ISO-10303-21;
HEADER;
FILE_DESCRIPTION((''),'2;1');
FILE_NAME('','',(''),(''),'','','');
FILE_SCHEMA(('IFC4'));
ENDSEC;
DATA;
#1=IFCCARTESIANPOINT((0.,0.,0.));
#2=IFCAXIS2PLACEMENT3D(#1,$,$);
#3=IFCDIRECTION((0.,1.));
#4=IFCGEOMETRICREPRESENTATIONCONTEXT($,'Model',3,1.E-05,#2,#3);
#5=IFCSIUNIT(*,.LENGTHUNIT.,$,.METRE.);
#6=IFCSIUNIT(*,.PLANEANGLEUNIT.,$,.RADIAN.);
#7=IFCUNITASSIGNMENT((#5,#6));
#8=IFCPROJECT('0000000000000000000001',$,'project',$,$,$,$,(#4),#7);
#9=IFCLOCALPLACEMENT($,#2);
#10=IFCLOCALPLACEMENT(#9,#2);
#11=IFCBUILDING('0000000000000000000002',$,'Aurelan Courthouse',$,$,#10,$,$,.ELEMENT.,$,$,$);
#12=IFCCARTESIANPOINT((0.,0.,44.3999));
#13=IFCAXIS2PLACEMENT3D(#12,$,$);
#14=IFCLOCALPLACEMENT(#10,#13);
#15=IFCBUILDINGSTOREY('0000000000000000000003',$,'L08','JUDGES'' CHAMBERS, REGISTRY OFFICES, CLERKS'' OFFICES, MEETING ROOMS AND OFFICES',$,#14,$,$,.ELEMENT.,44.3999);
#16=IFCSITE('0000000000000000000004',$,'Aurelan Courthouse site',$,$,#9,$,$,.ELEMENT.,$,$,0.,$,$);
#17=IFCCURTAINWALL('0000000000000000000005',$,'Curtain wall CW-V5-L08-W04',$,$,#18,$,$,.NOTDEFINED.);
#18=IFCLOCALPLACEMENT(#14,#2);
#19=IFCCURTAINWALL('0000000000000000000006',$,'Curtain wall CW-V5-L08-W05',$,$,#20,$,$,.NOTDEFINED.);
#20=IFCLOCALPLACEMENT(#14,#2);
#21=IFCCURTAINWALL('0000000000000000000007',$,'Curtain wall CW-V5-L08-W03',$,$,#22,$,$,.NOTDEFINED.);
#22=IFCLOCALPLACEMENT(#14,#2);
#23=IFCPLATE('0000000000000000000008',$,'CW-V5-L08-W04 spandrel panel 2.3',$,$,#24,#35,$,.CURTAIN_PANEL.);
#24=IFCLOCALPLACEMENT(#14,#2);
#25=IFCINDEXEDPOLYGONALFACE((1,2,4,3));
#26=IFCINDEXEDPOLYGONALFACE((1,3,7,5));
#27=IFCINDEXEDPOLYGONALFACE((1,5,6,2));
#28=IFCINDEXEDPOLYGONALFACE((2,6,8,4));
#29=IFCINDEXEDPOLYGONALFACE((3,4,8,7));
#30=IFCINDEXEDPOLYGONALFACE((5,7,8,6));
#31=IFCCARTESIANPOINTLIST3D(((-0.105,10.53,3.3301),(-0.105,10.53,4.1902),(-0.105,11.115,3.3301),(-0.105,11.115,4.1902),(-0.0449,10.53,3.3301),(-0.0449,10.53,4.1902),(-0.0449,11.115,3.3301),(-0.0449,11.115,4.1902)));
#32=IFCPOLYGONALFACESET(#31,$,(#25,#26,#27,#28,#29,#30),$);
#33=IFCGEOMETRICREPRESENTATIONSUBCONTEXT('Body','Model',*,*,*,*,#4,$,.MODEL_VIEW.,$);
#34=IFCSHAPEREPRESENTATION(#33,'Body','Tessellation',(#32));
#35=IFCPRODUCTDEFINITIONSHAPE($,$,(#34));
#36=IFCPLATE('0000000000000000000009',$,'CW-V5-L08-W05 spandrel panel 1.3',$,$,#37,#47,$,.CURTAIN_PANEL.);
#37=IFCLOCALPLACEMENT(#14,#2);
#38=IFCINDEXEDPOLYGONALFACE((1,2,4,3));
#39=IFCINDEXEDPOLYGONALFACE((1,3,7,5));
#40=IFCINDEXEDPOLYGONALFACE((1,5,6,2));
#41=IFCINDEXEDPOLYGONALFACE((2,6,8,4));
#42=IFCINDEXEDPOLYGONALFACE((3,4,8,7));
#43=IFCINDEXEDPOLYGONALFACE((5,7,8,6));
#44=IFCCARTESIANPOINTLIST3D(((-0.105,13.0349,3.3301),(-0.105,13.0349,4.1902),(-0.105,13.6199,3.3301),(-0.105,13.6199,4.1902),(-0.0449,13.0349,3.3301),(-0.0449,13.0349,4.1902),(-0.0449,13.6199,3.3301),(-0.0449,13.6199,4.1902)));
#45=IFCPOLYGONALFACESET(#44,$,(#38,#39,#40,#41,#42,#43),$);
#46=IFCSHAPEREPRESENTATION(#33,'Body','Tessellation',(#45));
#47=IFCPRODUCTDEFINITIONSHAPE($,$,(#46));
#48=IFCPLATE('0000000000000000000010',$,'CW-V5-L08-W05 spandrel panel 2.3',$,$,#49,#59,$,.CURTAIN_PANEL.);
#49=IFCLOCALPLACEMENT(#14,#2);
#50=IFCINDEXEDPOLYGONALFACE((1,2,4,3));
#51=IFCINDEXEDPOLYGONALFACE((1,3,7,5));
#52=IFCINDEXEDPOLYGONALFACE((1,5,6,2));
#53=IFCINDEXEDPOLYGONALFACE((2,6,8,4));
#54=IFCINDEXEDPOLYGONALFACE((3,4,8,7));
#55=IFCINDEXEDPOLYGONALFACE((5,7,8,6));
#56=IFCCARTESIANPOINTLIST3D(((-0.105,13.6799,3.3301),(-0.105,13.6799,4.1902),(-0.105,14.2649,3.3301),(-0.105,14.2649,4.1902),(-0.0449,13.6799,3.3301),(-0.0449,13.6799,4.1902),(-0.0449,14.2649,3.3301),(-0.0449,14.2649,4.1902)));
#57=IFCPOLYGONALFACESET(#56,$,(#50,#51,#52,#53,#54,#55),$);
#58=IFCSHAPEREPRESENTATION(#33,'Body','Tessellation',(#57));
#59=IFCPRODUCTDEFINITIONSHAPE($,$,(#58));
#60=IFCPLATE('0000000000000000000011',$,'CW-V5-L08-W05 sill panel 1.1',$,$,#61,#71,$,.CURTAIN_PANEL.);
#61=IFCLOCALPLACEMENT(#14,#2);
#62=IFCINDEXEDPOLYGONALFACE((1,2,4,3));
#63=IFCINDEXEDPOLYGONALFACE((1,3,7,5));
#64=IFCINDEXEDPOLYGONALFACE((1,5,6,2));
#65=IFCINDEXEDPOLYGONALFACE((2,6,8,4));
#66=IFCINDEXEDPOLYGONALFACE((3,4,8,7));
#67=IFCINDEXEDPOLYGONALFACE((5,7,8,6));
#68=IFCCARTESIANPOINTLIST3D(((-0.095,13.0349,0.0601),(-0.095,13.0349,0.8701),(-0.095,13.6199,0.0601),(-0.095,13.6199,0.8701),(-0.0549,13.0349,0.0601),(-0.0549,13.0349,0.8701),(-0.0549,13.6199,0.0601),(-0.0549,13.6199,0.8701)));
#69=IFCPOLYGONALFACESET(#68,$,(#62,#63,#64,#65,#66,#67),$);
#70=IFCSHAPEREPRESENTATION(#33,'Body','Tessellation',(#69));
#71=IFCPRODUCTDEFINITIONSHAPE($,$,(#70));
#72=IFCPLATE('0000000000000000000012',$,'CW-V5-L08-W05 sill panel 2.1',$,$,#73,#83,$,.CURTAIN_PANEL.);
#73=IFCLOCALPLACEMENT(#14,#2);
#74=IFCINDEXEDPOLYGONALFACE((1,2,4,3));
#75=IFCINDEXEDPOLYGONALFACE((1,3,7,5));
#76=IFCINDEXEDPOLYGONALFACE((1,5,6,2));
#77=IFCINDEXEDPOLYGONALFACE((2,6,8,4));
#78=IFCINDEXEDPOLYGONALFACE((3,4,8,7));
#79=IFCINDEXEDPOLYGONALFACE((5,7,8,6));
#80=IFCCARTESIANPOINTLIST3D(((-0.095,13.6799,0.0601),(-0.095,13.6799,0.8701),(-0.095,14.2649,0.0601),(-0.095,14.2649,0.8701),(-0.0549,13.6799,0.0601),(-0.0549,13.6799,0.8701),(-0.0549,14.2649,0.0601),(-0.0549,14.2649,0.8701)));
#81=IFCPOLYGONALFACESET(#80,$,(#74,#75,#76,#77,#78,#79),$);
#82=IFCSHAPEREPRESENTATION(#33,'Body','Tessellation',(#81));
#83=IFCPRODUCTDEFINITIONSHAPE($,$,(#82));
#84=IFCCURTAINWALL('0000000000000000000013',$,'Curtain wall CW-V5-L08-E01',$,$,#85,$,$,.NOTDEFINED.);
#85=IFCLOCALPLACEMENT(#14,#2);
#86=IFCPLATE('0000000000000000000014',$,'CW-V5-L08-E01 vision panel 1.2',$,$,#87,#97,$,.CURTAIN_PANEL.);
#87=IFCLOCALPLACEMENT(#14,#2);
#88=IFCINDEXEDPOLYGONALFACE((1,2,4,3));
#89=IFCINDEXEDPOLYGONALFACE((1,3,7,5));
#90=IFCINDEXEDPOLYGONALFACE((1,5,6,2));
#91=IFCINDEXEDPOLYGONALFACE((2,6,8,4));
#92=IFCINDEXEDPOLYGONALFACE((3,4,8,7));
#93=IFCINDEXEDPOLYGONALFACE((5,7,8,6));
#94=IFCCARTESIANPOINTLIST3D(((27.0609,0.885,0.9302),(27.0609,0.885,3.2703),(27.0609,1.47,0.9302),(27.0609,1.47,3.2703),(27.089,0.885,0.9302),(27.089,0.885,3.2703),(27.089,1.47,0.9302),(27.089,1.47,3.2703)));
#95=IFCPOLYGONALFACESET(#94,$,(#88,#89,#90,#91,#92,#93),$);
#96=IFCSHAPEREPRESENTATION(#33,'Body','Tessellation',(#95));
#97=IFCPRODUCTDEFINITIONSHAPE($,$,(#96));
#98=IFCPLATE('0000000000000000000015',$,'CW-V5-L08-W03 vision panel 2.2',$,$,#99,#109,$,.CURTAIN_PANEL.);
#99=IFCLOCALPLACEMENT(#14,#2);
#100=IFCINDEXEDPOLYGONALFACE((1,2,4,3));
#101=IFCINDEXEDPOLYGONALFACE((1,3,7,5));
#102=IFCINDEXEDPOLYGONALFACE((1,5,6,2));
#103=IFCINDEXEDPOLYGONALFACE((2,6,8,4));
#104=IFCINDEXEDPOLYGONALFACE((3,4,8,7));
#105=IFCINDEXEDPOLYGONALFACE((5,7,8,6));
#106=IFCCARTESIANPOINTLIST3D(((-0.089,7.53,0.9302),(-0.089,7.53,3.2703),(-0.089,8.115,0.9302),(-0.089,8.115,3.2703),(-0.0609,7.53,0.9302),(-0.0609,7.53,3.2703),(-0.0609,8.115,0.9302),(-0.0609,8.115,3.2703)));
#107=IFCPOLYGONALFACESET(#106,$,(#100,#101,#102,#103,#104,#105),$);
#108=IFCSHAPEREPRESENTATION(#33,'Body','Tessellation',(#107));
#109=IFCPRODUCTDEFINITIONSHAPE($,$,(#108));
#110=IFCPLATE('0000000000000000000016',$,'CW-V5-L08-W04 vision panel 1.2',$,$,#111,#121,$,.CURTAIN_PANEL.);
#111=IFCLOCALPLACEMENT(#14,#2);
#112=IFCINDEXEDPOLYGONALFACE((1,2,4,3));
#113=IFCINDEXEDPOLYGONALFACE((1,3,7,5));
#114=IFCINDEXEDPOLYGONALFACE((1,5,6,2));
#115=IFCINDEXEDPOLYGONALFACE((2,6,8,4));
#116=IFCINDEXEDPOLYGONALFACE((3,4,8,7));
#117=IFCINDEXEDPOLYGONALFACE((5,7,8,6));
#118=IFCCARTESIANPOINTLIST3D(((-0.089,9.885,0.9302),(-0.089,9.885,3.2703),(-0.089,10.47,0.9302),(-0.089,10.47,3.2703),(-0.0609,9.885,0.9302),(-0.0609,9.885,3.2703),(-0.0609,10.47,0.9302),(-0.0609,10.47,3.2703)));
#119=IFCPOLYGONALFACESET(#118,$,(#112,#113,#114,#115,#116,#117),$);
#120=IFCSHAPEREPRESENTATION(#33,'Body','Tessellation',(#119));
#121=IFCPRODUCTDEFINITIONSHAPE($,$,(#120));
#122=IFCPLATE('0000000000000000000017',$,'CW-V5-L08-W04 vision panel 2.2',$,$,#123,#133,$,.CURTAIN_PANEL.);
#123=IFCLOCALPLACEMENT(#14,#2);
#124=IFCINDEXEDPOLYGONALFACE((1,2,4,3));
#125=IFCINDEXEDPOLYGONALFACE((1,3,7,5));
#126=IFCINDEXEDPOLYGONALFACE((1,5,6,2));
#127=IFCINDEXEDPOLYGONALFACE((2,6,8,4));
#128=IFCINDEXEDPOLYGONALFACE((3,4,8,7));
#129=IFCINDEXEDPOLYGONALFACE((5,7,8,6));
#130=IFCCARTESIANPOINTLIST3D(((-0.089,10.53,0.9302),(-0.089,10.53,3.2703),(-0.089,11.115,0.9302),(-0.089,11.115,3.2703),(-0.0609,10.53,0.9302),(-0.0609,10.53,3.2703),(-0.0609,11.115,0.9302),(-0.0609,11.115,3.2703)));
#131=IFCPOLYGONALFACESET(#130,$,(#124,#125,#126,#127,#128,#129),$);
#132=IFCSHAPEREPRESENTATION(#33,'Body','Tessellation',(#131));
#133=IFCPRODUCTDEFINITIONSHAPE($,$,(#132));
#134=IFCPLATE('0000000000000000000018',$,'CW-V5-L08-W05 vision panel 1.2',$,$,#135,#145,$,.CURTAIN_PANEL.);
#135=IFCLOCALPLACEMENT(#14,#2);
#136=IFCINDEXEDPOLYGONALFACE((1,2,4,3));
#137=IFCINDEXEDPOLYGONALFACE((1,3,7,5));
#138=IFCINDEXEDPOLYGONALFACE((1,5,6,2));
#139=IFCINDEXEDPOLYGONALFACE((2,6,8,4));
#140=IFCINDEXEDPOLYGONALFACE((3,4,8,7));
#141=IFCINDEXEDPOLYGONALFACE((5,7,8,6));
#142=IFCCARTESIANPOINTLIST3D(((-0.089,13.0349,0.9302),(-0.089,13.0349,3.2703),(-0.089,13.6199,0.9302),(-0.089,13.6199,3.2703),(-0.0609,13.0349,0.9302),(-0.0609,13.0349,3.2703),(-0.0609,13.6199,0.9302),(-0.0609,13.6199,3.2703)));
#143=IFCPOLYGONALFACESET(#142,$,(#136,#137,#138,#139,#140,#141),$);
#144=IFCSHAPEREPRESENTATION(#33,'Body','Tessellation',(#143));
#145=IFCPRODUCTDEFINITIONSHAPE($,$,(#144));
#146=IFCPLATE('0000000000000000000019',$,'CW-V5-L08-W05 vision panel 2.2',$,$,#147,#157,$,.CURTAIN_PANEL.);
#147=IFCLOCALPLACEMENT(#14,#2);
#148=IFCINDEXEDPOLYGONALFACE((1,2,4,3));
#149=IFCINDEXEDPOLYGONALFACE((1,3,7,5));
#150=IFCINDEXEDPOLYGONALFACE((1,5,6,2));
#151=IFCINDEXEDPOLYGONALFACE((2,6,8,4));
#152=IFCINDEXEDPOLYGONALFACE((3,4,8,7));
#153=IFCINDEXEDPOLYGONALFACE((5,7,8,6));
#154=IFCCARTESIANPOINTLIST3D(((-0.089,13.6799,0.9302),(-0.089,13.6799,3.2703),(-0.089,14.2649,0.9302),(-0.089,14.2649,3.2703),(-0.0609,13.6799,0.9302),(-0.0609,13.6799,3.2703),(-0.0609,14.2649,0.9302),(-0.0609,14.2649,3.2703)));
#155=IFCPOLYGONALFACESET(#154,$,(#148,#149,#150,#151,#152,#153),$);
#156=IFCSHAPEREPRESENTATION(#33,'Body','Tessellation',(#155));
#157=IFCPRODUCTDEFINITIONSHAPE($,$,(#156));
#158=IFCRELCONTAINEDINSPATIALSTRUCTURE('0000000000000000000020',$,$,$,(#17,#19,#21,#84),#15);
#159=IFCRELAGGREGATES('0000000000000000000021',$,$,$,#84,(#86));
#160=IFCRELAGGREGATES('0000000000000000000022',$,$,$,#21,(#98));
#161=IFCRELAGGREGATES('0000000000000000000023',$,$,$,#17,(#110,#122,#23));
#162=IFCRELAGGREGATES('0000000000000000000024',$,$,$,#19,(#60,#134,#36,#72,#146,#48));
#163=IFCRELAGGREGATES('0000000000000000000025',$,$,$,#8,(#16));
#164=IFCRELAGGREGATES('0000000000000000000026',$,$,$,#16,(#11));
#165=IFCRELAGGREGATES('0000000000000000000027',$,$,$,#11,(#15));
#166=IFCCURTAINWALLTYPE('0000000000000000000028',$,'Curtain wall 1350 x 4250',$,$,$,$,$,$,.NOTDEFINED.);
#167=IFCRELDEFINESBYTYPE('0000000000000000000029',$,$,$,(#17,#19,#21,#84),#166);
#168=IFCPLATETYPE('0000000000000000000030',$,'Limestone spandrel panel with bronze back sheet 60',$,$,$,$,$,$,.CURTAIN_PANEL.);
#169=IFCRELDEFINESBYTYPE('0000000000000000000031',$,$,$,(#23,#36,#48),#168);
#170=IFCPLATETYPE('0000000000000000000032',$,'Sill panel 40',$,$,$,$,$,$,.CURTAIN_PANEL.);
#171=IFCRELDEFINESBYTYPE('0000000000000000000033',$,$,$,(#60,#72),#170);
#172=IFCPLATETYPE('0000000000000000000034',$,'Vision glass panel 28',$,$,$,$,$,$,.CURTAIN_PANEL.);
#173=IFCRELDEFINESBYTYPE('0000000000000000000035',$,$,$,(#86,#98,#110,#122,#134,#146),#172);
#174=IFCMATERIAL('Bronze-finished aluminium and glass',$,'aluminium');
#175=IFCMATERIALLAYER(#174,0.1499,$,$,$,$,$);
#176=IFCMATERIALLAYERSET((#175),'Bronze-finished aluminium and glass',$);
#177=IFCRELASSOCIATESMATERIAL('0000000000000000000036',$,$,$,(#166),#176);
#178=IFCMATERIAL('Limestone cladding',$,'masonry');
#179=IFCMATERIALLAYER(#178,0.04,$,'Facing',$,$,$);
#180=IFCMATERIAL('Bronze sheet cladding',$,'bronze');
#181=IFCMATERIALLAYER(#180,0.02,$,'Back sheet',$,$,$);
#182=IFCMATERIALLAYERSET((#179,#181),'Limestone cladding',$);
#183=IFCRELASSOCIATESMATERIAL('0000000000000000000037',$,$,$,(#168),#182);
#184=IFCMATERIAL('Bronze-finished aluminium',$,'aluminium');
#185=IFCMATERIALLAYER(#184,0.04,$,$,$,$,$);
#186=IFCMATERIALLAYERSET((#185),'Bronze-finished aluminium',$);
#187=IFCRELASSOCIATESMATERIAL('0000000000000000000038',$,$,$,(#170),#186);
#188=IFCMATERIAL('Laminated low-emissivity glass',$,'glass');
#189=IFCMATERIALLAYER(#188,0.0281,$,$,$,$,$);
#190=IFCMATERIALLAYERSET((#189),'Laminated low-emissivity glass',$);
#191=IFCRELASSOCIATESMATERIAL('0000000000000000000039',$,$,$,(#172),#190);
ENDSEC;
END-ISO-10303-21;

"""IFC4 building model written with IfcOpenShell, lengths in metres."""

from ifc_helpers import new_model, si_unit, direction, frame, origin, origin_2d, place, context, subcontext, project, spatial, rectangle, extrude, material, layer, layer_set, type_object, element, aggregate, save


model = new_model("IFC4")

# Units and contexts
model_context = context("Model", 3, precision=1e-05, world=origin(), true_north=direction((0.0, 1.0)))
body_context = subcontext(model_context, "Body", "Model", "MODEL_VIEW")
ifc_project = project(units=[si_unit("LENGTHUNIT", "METRE"), si_unit("PLANEANGLEUNIT", "RADIAN")], contexts=[model_context])

# Site, building, storey
site_placement = place(None, origin())
site = spatial("IfcSite", under=ifc_project, at=site_placement, Name="Aurelan Courthouse site", CompositionType="ELEMENT", RefElevation=0.0)
building_placement = place(site_placement, origin())
building = spatial("IfcBuilding", under=site, at=building_placement, Name="Aurelan Courthouse", CompositionType="ELEMENT")
storey_placement = place(building_placement, frame((0.0, 0.0, 44.3999)))
storey = spatial("IfcBuildingStorey", under=building, at=storey_placement, Name="L08", Description="JUDGES' CHAMBERS, REGISTRY OFFICES, CLERKS' OFFICES, MEETING ROOMS AND OFFICES", CompositionType="ELEMENT", Elevation=44.3999)

# Curtain walls
ifc_material_1 = material(Name="Bronze-finished aluminium and glass", Category="aluminium")
ifc_layer_1 = layer(ifc_material_1, 0.1499)
ifc_layer_set_1 = layer_set([ifc_layer_1], Name="Bronze-finished aluminium and glass")
curtain_wall_type = type_object("IfcCurtainWallType", Name="Curtain wall 1350 x 4250", PredefinedType="NOTDEFINED", material=ifc_layer_set_1)
curtain_wall_1_placement = place(storey_placement, origin())
curtain_wall_1 = element("IfcCurtainWall", 1, at=curtain_wall_1_placement, inside=storey, type_object=curtain_wall_type, Name="Curtain wall CW-V5-L08-W04", PredefinedType="NOTDEFINED")
ifc_material_2 = material(Name="Bronze-finished aluminium", Category="aluminium")
curtain_wall_2_placement = place(storey_placement, origin())
curtain_wall_2 = element("IfcCurtainWall", 2, at=curtain_wall_2_placement, inside=storey, type_object=curtain_wall_type, Name="Curtain wall CW-V5-L08-W05", PredefinedType="NOTDEFINED")

# Curtain wall
curtain_wall_3_placement = place(storey_placement, origin())
curtain_wall_3 = element("IfcCurtainWall", 3, at=curtain_wall_3_placement, inside=storey, type_object=curtain_wall_type, Name="Curtain wall CW-V5-L08-W03", PredefinedType="NOTDEFINED")
ifc_material_3 = material(Name="Limestone cladding", Category="masonry")
ifc_layer_2 = layer(ifc_material_3, 0.04, Name="Facing")
ifc_material_4 = material(Name="Bronze sheet cladding", Category="bronze")
ifc_layer_3 = layer(ifc_material_4, 0.02, Name="Back sheet")
ifc_layer_set_2 = layer_set([ifc_layer_2, ifc_layer_3], Name="Limestone cladding")
plate_type_1 = type_object("IfcPlateType", Name="Limestone spandrel panel with bronze back sheet 60", PredefinedType="CURTAIN_PANEL", material=ifc_layer_set_2)

# Plates
plate_1_placement = place(storey_placement, frame((-0.075, 10.8225, 3.3301), z_axis=(0.0, 0.0, 1.0), x_axis=(0.0, 1.0, 0.0)))
plate_1 = element("IfcPlate", 4, at=plate_1_placement, type_object=plate_type_1, Name="CW-V5-L08-W04 spandrel panel 2.3", PredefinedType="CURTAIN_PANEL", context=body_context, shape_type="SweptSolid", body=[
    extrude(rectangle(XDim=0.585, YDim=0.0601, at=origin_2d()), origin(), (0.0, 0.0, 1.0), 0.8601),
])
plate_2_placement = place(storey_placement, frame((-0.075, 13.3274, 3.3301), z_axis=(0.0, 0.0, 1.0), x_axis=(0.0, 1.0, 0.0)))
plate_2 = element("IfcPlate", 5, at=plate_2_placement, type_object=plate_type_1, Name="CW-V5-L08-W05 spandrel panel 1.3", PredefinedType="CURTAIN_PANEL", context=body_context, shape_type="SweptSolid", body=[
    extrude(rectangle(XDim=0.585, YDim=0.0601, at=origin_2d()), origin(), (0.0, 0.0, 1.0), 0.8601),
])
plate_3_placement = place(storey_placement, frame((-0.075, 13.9724, 3.3301), z_axis=(0.0, 0.0, 1.0), x_axis=(0.0, 1.0, 0.0)))
plate_3 = element("IfcPlate", 6, at=plate_3_placement, type_object=plate_type_1, Name="CW-V5-L08-W05 spandrel panel 2.3", PredefinedType="CURTAIN_PANEL", context=body_context, shape_type="SweptSolid", body=[
    extrude(rectangle(XDim=0.585, YDim=0.0601, at=origin_2d()), origin(), (0.0, 0.0, 1.0), 0.8601),
])
ifc_layer_4 = layer(ifc_material_2, 0.04)
ifc_layer_set_3 = layer_set([ifc_layer_4], Name="Bronze-finished aluminium")
plate_type_2 = type_object("IfcPlateType", Name="Sill panel 40", PredefinedType="CURTAIN_PANEL", material=ifc_layer_set_3)
plate_4_placement = place(storey_placement, frame((-0.075, 13.3274, 0.0601), z_axis=(0.0, 0.0, 1.0), x_axis=(0.0, 1.0, 0.0)))
plate_4 = element("IfcPlate", 7, at=plate_4_placement, type_object=plate_type_2, Name="CW-V5-L08-W05 sill panel 1.1", PredefinedType="CURTAIN_PANEL", context=body_context, shape_type="SweptSolid", body=[
    extrude(rectangle(XDim=0.585, YDim=0.04, at=origin_2d()), origin(), (0.0, 0.0, 1.0), 0.8101),
])
plate_5_placement = place(storey_placement, frame((-0.075, 13.9724, 0.0601), z_axis=(0.0, 0.0, 1.0), x_axis=(0.0, 1.0, 0.0)))
plate_5 = element("IfcPlate", 8, at=plate_5_placement, type_object=plate_type_2, Name="CW-V5-L08-W05 sill panel 2.1", PredefinedType="CURTAIN_PANEL", context=body_context, shape_type="SweptSolid", body=[
    extrude(rectangle(XDim=0.585, YDim=0.04, at=origin_2d()), origin(), (0.0, 0.0, 1.0), 0.8101),
])

# Curtain wall, plate
curtain_wall_4_placement = place(storey_placement, origin())
curtain_wall_4 = element("IfcCurtainWall", 9, at=curtain_wall_4_placement, inside=storey, type_object=curtain_wall_type, Name="Curtain wall CW-V5-L08-E01", PredefinedType="NOTDEFINED")
ifc_material_5 = material(Name="Laminated low-emissivity glass", Category="glass")
ifc_layer_5 = layer(ifc_material_5, 0.0281)
ifc_layer_set_4 = layer_set([ifc_layer_5], Name="Laminated low-emissivity glass")
plate_type_3 = type_object("IfcPlateType", Name="Vision glass panel 28", PredefinedType="CURTAIN_PANEL", material=ifc_layer_set_4)
plate_6_placement = place(storey_placement, frame((27.075, 1.1775, 0.9302), z_axis=(0.0, 0.0, 1.0), x_axis=(0.0, 1.0, 0.0)))
plate_6 = element("IfcPlate", 10, at=plate_6_placement, type_object=plate_type_3, Name="CW-V5-L08-E01 vision panel 1.2", PredefinedType="CURTAIN_PANEL", context=body_context, shape_type="SweptSolid", body=[
    extrude(rectangle(XDim=0.585, YDim=0.0281, at=origin_2d()), origin(), (0.0, 0.0, 1.0), 2.3401),
])
aggregate(curtain_wall_4, [plate_6])

# Plates
plate_7_placement = place(storey_placement, frame((-0.075, 7.8225, 0.9302), z_axis=(0.0, 0.0, 1.0), x_axis=(0.0, 1.0, 0.0)))
plate_7 = element("IfcPlate", 11, at=plate_7_placement, type_object=plate_type_3, Name="CW-V5-L08-W03 vision panel 2.2", PredefinedType="CURTAIN_PANEL", context=body_context, shape_type="SweptSolid", body=[
    extrude(rectangle(XDim=0.585, YDim=0.0281, at=origin_2d()), origin(), (0.0, 0.0, 1.0), 2.3401),
])
aggregate(curtain_wall_3, [plate_7])
plate_8_placement = place(storey_placement, frame((-0.075, 10.1775, 0.9302), z_axis=(0.0, 0.0, 1.0), x_axis=(0.0, 1.0, 0.0)))
plate_8 = element("IfcPlate", 12, at=plate_8_placement, type_object=plate_type_3, Name="CW-V5-L08-W04 vision panel 1.2", PredefinedType="CURTAIN_PANEL", context=body_context, shape_type="SweptSolid", body=[
    extrude(rectangle(XDim=0.585, YDim=0.0281, at=origin_2d()), origin(), (0.0, 0.0, 1.0), 2.3401),
])
plate_9_placement = place(storey_placement, frame((-0.075, 10.8225, 0.9302), z_axis=(0.0, 0.0, 1.0), x_axis=(0.0, 1.0, 0.0)))
plate_9 = element("IfcPlate", 13, at=plate_9_placement, type_object=plate_type_3, Name="CW-V5-L08-W04 vision panel 2.2", PredefinedType="CURTAIN_PANEL", context=body_context, shape_type="SweptSolid", body=[
    extrude(rectangle(XDim=0.585, YDim=0.0281, at=origin_2d()), origin(), (0.0, 0.0, 1.0), 2.3401),
])
aggregate(curtain_wall_1, [plate_8, plate_9, plate_1])
plate_10_placement = place(storey_placement, frame((-0.075, 13.3274, 0.9302), z_axis=(0.0, 0.0, 1.0), x_axis=(0.0, 1.0, 0.0)))
plate_10 = element("IfcPlate", 14, at=plate_10_placement, type_object=plate_type_3, Name="CW-V5-L08-W05 vision panel 1.2", PredefinedType="CURTAIN_PANEL", context=body_context, shape_type="SweptSolid", body=[
    extrude(rectangle(XDim=0.585, YDim=0.0281, at=origin_2d()), origin(), (0.0, 0.0, 1.0), 2.3401),
])
plate_11_placement = place(storey_placement, frame((-0.075, 13.9724, 0.9302), z_axis=(0.0, 0.0, 1.0), x_axis=(0.0, 1.0, 0.0)))
plate_11 = element("IfcPlate", 15, at=plate_11_placement, type_object=plate_type_3, Name="CW-V5-L08-W05 vision panel 2.2", PredefinedType="CURTAIN_PANEL", context=body_context, shape_type="SweptSolid", body=[
    extrude(rectangle(XDim=0.585, YDim=0.0281, at=origin_2d()), origin(), (0.0, 0.0, 1.0), 2.3401),
])
aggregate(curtain_wall_2, [plate_4, plate_10, plate_2, plate_5, plate_11, plate_3])

save(model, "model.ifc")
